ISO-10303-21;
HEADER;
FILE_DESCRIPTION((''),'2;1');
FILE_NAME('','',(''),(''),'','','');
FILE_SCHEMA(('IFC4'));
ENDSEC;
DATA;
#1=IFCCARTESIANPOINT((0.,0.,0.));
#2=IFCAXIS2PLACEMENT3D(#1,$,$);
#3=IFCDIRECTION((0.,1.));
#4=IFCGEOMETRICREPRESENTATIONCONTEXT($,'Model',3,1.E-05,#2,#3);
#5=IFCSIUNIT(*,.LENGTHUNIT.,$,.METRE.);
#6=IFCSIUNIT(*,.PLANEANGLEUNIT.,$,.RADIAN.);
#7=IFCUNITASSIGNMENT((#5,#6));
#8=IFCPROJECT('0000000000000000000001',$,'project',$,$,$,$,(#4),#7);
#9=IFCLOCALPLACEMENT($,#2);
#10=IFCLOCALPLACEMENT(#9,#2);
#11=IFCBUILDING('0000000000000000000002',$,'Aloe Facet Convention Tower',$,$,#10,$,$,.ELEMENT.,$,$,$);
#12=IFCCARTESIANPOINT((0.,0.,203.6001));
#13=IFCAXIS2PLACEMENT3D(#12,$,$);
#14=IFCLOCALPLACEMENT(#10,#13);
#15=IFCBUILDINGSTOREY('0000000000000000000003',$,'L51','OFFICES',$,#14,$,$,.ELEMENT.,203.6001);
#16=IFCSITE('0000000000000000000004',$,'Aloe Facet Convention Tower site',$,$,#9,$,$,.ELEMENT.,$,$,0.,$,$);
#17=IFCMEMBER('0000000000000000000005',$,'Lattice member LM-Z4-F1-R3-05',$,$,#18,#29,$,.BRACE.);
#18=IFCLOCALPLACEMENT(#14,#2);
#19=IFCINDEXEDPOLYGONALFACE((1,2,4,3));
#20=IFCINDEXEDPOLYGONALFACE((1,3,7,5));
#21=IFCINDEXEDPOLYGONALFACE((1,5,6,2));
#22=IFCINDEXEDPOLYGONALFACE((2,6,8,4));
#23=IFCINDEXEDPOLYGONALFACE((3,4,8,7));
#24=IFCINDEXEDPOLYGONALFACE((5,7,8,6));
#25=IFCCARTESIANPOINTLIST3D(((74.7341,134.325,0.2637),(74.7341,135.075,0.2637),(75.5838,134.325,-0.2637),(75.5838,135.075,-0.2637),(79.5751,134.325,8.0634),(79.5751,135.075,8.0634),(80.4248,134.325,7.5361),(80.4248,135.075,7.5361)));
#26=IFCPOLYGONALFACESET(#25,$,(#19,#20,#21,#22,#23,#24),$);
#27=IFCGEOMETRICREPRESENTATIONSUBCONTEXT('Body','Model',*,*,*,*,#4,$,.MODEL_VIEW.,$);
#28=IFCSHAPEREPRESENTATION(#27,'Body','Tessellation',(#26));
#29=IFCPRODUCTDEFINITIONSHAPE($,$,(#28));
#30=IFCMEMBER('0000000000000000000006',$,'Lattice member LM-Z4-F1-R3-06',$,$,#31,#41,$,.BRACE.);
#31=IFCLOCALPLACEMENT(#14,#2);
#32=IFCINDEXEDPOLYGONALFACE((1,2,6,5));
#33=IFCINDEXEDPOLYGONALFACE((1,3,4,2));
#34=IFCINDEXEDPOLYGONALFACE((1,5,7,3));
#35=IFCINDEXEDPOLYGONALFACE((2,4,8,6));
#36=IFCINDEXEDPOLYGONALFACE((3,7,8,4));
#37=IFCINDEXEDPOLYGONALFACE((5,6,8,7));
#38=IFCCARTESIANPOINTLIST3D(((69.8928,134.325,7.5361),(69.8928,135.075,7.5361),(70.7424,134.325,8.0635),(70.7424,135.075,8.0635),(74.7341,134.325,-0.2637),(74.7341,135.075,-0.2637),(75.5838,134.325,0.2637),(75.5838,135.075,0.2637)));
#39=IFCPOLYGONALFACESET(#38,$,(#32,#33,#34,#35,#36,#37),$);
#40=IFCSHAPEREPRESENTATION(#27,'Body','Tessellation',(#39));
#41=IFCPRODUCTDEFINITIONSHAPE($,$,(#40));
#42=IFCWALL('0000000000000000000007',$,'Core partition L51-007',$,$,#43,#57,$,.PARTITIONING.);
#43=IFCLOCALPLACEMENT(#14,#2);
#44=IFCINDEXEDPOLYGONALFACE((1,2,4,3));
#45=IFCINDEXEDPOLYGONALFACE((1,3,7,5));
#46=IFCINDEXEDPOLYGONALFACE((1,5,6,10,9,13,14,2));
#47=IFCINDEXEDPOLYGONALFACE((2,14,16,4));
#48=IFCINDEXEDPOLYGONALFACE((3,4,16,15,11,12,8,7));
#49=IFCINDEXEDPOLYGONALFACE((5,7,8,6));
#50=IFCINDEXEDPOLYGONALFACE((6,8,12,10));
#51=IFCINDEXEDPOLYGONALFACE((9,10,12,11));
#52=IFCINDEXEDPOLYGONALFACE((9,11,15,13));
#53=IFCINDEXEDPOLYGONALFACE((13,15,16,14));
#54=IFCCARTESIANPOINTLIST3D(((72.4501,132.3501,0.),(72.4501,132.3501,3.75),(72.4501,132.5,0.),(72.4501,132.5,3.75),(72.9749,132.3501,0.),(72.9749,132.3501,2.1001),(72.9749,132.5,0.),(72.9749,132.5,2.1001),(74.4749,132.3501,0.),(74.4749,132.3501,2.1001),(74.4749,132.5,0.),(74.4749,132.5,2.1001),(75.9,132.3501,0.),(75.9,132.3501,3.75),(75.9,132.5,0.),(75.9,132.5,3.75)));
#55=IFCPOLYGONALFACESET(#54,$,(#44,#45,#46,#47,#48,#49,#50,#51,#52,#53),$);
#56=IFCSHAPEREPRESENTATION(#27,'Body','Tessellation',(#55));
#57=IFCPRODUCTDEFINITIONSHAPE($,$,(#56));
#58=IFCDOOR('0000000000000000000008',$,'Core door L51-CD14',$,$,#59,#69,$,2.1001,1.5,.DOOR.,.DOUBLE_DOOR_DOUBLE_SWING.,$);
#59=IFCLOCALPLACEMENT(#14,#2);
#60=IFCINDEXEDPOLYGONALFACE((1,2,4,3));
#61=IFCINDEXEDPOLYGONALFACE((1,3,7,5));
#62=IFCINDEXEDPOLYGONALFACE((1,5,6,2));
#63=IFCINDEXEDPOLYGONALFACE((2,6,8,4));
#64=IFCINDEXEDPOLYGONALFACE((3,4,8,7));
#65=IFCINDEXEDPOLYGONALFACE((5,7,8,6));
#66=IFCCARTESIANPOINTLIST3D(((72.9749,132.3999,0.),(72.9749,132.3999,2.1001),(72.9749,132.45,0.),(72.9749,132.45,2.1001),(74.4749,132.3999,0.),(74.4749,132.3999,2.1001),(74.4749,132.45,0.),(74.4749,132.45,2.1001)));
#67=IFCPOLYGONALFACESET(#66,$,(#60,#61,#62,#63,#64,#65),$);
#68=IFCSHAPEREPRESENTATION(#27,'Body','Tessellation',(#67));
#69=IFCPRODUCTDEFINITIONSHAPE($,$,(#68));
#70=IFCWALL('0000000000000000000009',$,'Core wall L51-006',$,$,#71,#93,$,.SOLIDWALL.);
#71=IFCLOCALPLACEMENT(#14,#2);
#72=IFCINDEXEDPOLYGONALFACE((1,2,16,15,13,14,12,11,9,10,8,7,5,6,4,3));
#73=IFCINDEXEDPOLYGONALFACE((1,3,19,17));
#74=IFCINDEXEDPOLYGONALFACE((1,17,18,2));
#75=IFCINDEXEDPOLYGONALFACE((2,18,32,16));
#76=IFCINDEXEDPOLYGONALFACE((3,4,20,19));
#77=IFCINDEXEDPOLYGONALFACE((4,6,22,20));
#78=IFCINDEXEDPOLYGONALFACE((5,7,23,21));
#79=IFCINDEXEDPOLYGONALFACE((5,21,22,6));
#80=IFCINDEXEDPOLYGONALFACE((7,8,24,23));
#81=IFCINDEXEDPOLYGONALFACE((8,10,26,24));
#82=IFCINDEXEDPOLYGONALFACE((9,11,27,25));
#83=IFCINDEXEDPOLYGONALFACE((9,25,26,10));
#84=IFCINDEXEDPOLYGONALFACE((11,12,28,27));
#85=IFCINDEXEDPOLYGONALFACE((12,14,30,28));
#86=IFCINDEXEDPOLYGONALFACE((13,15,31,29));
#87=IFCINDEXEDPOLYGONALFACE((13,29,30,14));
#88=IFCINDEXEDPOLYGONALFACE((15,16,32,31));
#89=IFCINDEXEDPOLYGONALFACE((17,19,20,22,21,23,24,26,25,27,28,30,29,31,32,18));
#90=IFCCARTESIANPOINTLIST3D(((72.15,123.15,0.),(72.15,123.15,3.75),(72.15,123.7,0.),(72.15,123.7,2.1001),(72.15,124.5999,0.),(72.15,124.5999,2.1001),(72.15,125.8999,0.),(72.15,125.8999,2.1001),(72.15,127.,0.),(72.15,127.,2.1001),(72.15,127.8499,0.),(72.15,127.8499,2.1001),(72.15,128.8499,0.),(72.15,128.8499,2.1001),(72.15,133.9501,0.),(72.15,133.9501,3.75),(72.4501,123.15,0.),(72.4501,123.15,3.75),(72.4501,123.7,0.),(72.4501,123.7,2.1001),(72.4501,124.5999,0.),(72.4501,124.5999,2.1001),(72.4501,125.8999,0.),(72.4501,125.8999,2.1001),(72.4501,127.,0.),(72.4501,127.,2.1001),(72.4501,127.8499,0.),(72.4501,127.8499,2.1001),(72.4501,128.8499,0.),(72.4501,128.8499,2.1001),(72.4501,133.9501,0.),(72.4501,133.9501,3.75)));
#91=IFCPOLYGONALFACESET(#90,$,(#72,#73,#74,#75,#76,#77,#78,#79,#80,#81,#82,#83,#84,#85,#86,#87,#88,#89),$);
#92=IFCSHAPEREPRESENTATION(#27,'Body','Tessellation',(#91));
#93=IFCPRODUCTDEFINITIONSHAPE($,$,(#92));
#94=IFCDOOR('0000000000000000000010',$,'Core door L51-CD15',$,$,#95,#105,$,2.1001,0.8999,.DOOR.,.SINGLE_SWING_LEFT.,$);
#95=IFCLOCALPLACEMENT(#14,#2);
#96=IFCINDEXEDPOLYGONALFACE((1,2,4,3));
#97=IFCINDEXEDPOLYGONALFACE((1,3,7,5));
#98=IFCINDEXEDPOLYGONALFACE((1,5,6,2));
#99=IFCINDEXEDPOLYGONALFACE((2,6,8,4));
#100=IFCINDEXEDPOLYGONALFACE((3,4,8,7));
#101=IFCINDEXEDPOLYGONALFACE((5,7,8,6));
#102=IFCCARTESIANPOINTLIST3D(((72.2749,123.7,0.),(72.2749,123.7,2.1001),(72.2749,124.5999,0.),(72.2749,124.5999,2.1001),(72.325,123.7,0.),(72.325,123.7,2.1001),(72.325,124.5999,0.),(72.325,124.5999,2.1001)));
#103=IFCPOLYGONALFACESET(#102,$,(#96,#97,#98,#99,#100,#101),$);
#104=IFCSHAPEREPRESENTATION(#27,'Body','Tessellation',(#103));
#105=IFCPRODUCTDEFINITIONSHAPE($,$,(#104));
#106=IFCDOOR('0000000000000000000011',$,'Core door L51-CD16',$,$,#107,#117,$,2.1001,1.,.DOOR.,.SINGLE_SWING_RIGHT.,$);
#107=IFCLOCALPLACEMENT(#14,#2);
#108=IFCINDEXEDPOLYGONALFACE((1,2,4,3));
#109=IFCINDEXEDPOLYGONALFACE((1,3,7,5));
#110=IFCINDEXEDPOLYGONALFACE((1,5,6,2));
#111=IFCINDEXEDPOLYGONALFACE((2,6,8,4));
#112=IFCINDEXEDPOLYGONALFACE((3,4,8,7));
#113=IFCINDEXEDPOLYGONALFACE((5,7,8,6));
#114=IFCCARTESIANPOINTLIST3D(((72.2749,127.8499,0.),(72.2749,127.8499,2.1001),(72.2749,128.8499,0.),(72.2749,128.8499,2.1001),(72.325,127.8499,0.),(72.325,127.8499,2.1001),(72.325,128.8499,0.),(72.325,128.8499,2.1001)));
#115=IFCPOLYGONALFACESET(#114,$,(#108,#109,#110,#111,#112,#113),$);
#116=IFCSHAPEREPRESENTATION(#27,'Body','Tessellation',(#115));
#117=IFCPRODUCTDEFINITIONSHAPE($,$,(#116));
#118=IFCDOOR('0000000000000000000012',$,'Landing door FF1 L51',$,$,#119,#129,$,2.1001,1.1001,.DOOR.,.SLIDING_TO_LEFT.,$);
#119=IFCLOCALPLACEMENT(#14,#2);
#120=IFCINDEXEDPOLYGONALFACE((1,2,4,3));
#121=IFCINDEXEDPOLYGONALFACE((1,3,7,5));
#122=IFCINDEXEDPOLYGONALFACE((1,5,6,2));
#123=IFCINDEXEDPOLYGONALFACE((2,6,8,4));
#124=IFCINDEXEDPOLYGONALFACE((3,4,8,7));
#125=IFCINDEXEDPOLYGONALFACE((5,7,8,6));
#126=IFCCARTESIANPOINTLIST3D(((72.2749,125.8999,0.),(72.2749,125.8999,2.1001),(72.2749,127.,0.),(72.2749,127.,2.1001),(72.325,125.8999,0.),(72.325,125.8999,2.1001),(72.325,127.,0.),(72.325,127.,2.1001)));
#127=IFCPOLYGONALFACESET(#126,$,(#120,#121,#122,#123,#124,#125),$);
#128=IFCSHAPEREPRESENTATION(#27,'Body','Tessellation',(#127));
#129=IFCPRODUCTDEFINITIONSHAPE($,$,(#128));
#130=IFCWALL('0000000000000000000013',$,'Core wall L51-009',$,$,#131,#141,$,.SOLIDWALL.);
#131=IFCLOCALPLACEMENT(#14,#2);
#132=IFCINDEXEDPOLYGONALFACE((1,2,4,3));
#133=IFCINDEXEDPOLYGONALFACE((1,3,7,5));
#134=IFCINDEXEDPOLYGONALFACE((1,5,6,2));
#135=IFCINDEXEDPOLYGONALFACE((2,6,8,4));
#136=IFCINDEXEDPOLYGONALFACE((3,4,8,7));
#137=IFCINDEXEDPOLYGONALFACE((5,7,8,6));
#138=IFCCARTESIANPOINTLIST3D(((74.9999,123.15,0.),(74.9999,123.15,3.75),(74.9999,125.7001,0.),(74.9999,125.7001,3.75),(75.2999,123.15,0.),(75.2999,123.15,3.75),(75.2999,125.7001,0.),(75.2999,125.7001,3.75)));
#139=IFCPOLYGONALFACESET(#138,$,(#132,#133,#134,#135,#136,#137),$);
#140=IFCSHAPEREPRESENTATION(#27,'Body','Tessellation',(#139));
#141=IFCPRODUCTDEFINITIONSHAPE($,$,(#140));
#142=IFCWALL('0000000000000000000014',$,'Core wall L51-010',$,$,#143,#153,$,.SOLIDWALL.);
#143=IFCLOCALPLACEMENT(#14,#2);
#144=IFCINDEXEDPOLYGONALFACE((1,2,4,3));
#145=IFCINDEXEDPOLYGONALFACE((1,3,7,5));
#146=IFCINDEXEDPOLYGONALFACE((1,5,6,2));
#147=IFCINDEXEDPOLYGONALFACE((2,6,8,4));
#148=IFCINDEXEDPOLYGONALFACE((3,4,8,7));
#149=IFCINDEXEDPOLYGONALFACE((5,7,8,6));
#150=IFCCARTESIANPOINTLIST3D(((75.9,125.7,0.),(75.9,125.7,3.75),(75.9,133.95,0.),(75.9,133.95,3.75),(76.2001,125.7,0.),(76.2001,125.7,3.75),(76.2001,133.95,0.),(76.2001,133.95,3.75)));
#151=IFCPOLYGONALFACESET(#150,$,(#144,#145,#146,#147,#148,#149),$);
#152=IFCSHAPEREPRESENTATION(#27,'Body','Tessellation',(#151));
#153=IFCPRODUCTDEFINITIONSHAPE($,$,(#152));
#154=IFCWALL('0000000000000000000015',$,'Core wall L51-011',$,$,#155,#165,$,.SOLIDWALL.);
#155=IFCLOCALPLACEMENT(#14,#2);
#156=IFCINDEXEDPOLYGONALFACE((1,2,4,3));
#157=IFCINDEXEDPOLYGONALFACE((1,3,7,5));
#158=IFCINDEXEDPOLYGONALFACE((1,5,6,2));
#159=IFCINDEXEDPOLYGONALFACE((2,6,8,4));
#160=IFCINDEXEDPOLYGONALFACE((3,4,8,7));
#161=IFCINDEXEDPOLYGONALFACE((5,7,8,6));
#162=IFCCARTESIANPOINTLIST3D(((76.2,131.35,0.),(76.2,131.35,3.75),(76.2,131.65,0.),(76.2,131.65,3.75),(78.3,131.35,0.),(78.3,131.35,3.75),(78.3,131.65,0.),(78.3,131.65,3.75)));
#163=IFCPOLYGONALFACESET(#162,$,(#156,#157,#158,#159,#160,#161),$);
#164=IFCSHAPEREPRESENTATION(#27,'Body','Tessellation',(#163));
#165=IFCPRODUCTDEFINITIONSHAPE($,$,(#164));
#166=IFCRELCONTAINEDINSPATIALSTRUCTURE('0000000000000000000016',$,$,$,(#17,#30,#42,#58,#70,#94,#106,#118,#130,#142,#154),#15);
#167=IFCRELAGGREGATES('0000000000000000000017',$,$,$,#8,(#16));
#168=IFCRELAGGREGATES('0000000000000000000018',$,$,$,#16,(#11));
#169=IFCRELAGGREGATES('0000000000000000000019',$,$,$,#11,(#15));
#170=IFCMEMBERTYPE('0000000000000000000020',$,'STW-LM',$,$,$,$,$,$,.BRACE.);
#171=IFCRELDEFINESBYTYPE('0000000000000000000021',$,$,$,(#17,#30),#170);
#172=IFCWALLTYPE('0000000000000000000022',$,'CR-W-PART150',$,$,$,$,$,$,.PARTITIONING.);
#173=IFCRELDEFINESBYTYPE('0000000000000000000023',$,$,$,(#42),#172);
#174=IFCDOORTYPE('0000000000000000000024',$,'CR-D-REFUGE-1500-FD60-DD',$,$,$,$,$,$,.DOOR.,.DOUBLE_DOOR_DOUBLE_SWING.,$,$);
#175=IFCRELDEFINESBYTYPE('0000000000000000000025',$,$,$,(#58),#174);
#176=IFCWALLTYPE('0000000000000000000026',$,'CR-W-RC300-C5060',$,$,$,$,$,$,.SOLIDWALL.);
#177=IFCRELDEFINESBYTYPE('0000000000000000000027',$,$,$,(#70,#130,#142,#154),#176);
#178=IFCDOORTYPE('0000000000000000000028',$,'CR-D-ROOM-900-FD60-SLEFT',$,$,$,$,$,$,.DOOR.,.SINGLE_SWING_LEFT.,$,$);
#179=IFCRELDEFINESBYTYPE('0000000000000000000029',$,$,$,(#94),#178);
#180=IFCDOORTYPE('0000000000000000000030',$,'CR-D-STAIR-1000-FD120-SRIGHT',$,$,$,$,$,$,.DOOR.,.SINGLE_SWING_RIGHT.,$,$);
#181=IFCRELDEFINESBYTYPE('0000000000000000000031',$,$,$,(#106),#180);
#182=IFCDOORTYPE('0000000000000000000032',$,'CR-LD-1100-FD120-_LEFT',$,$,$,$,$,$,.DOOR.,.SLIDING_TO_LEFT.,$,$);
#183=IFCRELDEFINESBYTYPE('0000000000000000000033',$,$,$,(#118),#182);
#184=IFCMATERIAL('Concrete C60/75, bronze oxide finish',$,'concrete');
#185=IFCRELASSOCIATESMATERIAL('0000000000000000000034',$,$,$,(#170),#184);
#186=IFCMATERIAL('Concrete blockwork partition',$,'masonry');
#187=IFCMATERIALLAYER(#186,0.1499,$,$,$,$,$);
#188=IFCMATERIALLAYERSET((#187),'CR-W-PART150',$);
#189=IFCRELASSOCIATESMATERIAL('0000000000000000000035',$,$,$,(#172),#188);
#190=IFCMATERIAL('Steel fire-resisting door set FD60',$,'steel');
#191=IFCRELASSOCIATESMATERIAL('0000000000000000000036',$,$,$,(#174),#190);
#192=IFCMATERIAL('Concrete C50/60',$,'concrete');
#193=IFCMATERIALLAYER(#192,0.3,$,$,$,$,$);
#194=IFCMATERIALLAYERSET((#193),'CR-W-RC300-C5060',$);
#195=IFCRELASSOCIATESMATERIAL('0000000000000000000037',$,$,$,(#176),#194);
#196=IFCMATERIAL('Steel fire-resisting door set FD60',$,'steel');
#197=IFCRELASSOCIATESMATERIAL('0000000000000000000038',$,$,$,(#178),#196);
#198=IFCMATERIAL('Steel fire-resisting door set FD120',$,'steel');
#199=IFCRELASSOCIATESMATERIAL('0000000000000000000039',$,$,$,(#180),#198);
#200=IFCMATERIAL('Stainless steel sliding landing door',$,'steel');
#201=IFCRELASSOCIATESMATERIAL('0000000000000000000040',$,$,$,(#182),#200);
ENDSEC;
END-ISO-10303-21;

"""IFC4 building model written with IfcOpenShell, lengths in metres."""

from ifc_helpers import new_model, si_unit, direction, frame, frame_2d, origin, origin_2d, place, context, subcontext, project, spatial, rectangle, extrude, material, layer, layer_set, material_profile, profile_set, type_object, element, fill, save


model = new_model("IFC4")

# Units and contexts
model_context = context("Model", 3, precision=1e-05, world=origin(), true_north=direction((0.0, 1.0)))
body_context = subcontext(model_context, "Body", "Model", "MODEL_VIEW")
ifc_project = project(units=[si_unit("LENGTHUNIT", "METRE"), si_unit("PLANEANGLEUNIT", "RADIAN")], contexts=[model_context])

# Site, building, storey
site_placement = place(None, origin())
site = spatial("IfcSite", under=ifc_project, at=site_placement, Name="Aloe Facet Convention Tower site", CompositionType="ELEMENT", RefElevation=0.0)
building_placement = place(site_placement, origin())
building = spatial("IfcBuilding", under=site, at=building_placement, Name="Aloe Facet Convention Tower", CompositionType="ELEMENT")
storey_placement = place(building_placement, frame((0.0, 0.0, 203.6001)))
storey = spatial("IfcBuildingStorey", under=building, at=storey_placement, Name="L51", Description="OFFICES", CompositionType="ELEMENT", Elevation=203.6001)

# Members
ifc_material_1 = material(Name="Concrete C60/75, bronze oxide finish", Category="concrete")
ifc_material_profile = material_profile(ifc_material_1, rectangle(XDim=0.75, YDim=1.0, at=origin_2d()), Name="STW-LM")
ifc_profile_set = profile_set([ifc_material_profile], Name="Concrete C60/75, bronze oxide finish")
member_type = type_object("IfcMemberType", Name="STW-LM", PredefinedType="BRACE", material=ifc_profile_set)
member_1_placement = place(storey_placement, frame((75.1589, 134.7, 0.0), z_axis=(0.527348, 0.0, 0.84965), x_axis=(0.0, 1.0, 0.0)))
element("IfcMember", 1, at=member_1_placement, inside=storey, type_object=member_type, Name="Lattice member LM-Z4-F1-R3-05", PredefinedType="BRACE", context=body_context, shape_type="SweptSolid", body=[
    extrude(rectangle(XDim=0.75, YDim=1.0, at=origin_2d()), origin(), (0.0, 0.0, 1.0), 9.1799),
])
member_2_placement = place(storey_placement, frame((75.1589, 134.7, 0.0), z_axis=(-0.527367, 0.0, 0.849638), x_axis=(0.0, -1.0, 0.0)))
element("IfcMember", 2, at=member_2_placement, inside=storey, type_object=member_type, Name="Lattice member LM-Z4-F1-R3-06", PredefinedType="BRACE", context=body_context, shape_type="SweptSolid", body=[
    extrude(rectangle(XDim=0.75, YDim=1.0, at=origin_2d()), origin(), (0.0, 0.0, 1.0), 9.1802),
])

# Wall, opening, door
ifc_material_2 = material(Name="Concrete blockwork partition", Category="masonry")
ifc_layer_1 = layer(ifc_material_2, 0.1499)
ifc_layer_set_1 = layer_set([ifc_layer_1], Name="CR-W-PART150")
wall_type_1 = type_object("IfcWallType", Name="CR-W-PART150", PredefinedType="PARTITIONING", material=ifc_layer_set_1)
wall_1_placement = place(storey_placement, frame((72.45, 132.425, 0.0), z_axis=(0.0, 0.0, 1.0), x_axis=(1.0, 0.0, 0.0)))
wall_1 = element("IfcWall", 3, at=wall_1_placement, inside=storey, type_object=wall_type_1, Name="Core partition L51-007", PredefinedType="PARTITIONING", context=body_context, shape_type="SweptSolid", body=[
    extrude(rectangle(XDim=3.45, YDim=0.1499, at=frame_2d((1.7251, 0.0))), origin(), (0.0, 0.0, 1.0), 3.75),
])
opening_1_placement = place(wall_1_placement, frame((0.5249, 0.0, 0.0)))
opening_1 = element("IfcOpeningElement", 4, at=opening_1_placement, cuts=wall_1, PredefinedType="OPENING", context=body_context, shape_type="SweptSolid", body=[
    extrude(rectangle(XDim=1.5, YDim=2.1001, at=frame_2d((0.75, 1.05))), frame((0.0, 0.085, 0.0), z_axis=(0.0, -1.0, 0.0), x_axis=(1.0, 0.0, 0.0)), (0.0, 0.0, 1.0), 0.1699),
])
ifc_material_3 = material(Name="Steel fire-resisting door set FD60", Category="steel")
door_type_1 = type_object("IfcDoorType", Name="CR-D-REFUGE-1500-FD60-DD", OperationType="DOUBLE_DOOR_DOUBLE_SWING", PredefinedType="DOOR", material=ifc_material_3)
door_1_placement = place(opening_1_placement, origin())
door_1 = element("IfcDoor", 5, at=door_1_placement, inside=storey, type_object=door_type_1, Name="Core door L51-CD14", OperationType="DOUBLE_DOOR_DOUBLE_SWING", OverallHeight=2.1001, OverallWidth=1.5, PredefinedType="DOOR", context=body_context, shape_type="SweptSolid", body=[
    extrude(rectangle(XDim=1.5, YDim=2.1001, at=frame_2d((0.75, 1.05))), frame((0.0, 0.0249, 0.0), z_axis=(0.0, -1.0, 0.0), x_axis=(1.0, 0.0, 0.0)), (0.0, 0.0, 1.0), 0.05),
])
fill(opening_1, door_1)

# Wall, openings, doors
ifc_material_4 = material(Name="Concrete C50/60", Category="concrete")
ifc_layer_2 = layer(ifc_material_4, 0.3)
ifc_layer_set_2 = layer_set([ifc_layer_2], Name="CR-W-RC300-C5060")
wall_type_2 = type_object("IfcWallType", Name="CR-W-RC300-C5060", PredefinedType="SOLIDWALL", material=ifc_layer_set_2)
wall_2_placement = place(storey_placement, frame((72.3, 133.95, 0.0), z_axis=(0.0, 0.0, 1.0), x_axis=(0.0, -1.0, 0.0)))
wall_2 = element("IfcWall", 6, at=wall_2_placement, inside=storey, type_object=wall_type_2, Name="Core wall L51-006", PredefinedType="SOLIDWALL", context=body_context, shape_type="SweptSolid", body=[
    extrude(rectangle(XDim=10.8, YDim=0.3, at=frame_2d((5.3999, 0.0))), origin(), (0.0, 0.0, 1.0), 3.75),
])
opening_2_placement = place(wall_2_placement, frame((6.95, 0.0, 0.0)))
opening_2 = element("IfcOpeningElement", 7, at=opening_2_placement, cuts=wall_2, PredefinedType="OPENING", context=body_context, shape_type="SweptSolid", body=[
    extrude(rectangle(XDim=1.1001, YDim=2.1001, at=frame_2d((0.55, 1.05))), frame((0.0, 0.1602, 0.0), z_axis=(0.0, -1.0, 0.0), x_axis=(1.0, 0.0, 0.0)), (0.0, 0.0, 1.0), 0.3201),
])
opening_3_placement = place(wall_2_placement, frame((9.3501, 0.0, 0.0)))
opening_3 = element("IfcOpeningElement", 8, at=opening_3_placement, cuts=wall_2, PredefinedType="OPENING", context=body_context, shape_type="SweptSolid", body=[
    extrude(rectangle(XDim=0.8999, YDim=2.1001, at=frame_2d((0.45, 1.05))), frame((0.0, 0.1602, 0.0), z_axis=(0.0, -1.0, 0.0), x_axis=(1.0, 0.0, 0.0)), (0.0, 0.0, 1.0), 0.3201),
])
opening_4_placement = place(wall_2_placement, frame((5.1001, 0.0, 0.0)))
opening_4 = element("IfcOpeningElement", 9, at=opening_4_placement, cuts=wall_2, PredefinedType="OPENING", context=body_context, shape_type="SweptSolid", body=[
    extrude(rectangle(XDim=1.0, YDim=2.1001, at=frame_2d((0.5, 1.05))), frame((0.0, 0.1602, 0.0), z_axis=(0.0, -1.0, 0.0), x_axis=(1.0, 0.0, 0.0)), (0.0, 0.0, 1.0), 0.3201),
])
ifc_material_5 = material(Name="Steel fire-resisting door set FD60", Category="steel")
door_type_2 = type_object("IfcDoorType", Name="CR-D-ROOM-900-FD60-SLEFT", OperationType="SINGLE_SWING_LEFT", PredefinedType="DOOR", material=ifc_material_5)
door_2_placement = place(opening_3_placement, origin())
door_2 = element("IfcDoor", 10, at=door_2_placement, inside=storey, type_object=door_type_2, Name="Core door L51-CD15", OperationType="SINGLE_SWING_LEFT", OverallHeight=2.1001, OverallWidth=0.8999, PredefinedType="DOOR", context=body_context, shape_type="SweptSolid", body=[
    extrude(rectangle(XDim=0.8999, YDim=2.1001, at=frame_2d((0.45, 1.05))), frame((0.0, 0.0249, 0.0), z_axis=(0.0, -1.0, 0.0), x_axis=(1.0, 0.0, 0.0)), (0.0, 0.0, 1.0), 0.05),
])
fill(opening_3, door_2)
ifc_material_6 = material(Name="Steel fire-resisting door set FD120", Category="steel")
door_type_3 = type_object("IfcDoorType", Name="CR-D-STAIR-1000-FD120-SRIGHT", OperationType="SINGLE_SWING_RIGHT", PredefinedType="DOOR", material=ifc_material_6)
door_3_placement = place(opening_4_placement, origin())
door_3 = element("IfcDoor", 11, at=door_3_placement, inside=storey, type_object=door_type_3, Name="Core door L51-CD16", OperationType="SINGLE_SWING_RIGHT", OverallHeight=2.1001, OverallWidth=1.0, PredefinedType="DOOR", context=body_context, shape_type="SweptSolid", body=[
    extrude(rectangle(XDim=1.0, YDim=2.1001, at=frame_2d((0.5, 1.05))), frame((0.0, 0.0249, 0.0), z_axis=(0.0, -1.0, 0.0), x_axis=(1.0, 0.0, 0.0)), (0.0, 0.0, 1.0), 0.05),
])
fill(opening_4, door_3)
ifc_material_7 = material(Name="Stainless steel sliding landing door", Category="steel")
door_type_4 = type_object("IfcDoorType", Name="CR-LD-1100-FD120-_LEFT", OperationType="SLIDING_TO_LEFT", PredefinedType="DOOR", material=ifc_material_7)
door_4_placement = place(opening_2_placement, origin())
door_4 = element("IfcDoor", 12, at=door_4_placement, inside=storey, type_object=door_type_4, Name="Landing door FF1 L51", OperationType="SLIDING_TO_LEFT", OverallHeight=2.1001, OverallWidth=1.1001, PredefinedType="DOOR", context=body_context, shape_type="SweptSolid", body=[
    extrude(rectangle(XDim=1.1001, YDim=2.1001, at=frame_2d((0.55, 1.05))), frame((0.0, 0.0249, 0.0), z_axis=(0.0, -1.0, 0.0), x_axis=(1.0, 0.0, 0.0)), (0.0, 0.0, 1.0), 0.05),
])
fill(opening_2, door_4)

# Walls
wall_3_placement = place(storey_placement, frame((75.1499, 125.7, 0.0), z_axis=(0.0, 0.0, 1.0), x_axis=(0.0, -1.0, 0.0)))
element("IfcWall", 13, at=wall_3_placement, inside=storey, type_object=wall_type_2, Name="Core wall L51-009", PredefinedType="SOLIDWALL", context=body_context, shape_type="SweptSolid", body=[
    extrude(rectangle(XDim=2.55, YDim=0.3, at=frame_2d((1.2749, 0.0))), origin(), (0.0, 0.0, 1.0), 3.75),
])
wall_4_placement = place(storey_placement, frame((76.05, 133.95, 0.0), z_axis=(0.0, 0.0, 1.0), x_axis=(0.0, -1.0, 0.0)))
element("IfcWall", 14, at=wall_4_placement, inside=storey, type_object=wall_type_2, Name="Core wall L51-010", PredefinedType="SOLIDWALL", context=body_context, shape_type="SweptSolid", body=[
    extrude(rectangle(XDim=8.25, YDim=0.3, at=frame_2d((4.125, 0.0))), origin(), (0.0, 0.0, 1.0), 3.75),
])
for number, where, z_axis, x_axis, name in (
    (15, (76.2, 131.5, 0.0), (0.0, 0.0, 1.0), (1.0, 0.0, 0.0), "Core wall L51-011"),
):
    element("IfcWall", number, at=place(storey_placement, frame(where, z_axis=z_axis, x_axis=x_axis)), inside=storey, type_object=wall_type_2, Name=name, PredefinedType="SOLIDWALL", context=body_context, shape_type="SweptSolid", body=[
        extrude(rectangle(XDim=2.1001, YDim=0.3, at=frame_2d((1.05, 0.0))), origin(), (0.0, 0.0, 1.0), 3.75),
    ])

save(model, "model.ifc")
